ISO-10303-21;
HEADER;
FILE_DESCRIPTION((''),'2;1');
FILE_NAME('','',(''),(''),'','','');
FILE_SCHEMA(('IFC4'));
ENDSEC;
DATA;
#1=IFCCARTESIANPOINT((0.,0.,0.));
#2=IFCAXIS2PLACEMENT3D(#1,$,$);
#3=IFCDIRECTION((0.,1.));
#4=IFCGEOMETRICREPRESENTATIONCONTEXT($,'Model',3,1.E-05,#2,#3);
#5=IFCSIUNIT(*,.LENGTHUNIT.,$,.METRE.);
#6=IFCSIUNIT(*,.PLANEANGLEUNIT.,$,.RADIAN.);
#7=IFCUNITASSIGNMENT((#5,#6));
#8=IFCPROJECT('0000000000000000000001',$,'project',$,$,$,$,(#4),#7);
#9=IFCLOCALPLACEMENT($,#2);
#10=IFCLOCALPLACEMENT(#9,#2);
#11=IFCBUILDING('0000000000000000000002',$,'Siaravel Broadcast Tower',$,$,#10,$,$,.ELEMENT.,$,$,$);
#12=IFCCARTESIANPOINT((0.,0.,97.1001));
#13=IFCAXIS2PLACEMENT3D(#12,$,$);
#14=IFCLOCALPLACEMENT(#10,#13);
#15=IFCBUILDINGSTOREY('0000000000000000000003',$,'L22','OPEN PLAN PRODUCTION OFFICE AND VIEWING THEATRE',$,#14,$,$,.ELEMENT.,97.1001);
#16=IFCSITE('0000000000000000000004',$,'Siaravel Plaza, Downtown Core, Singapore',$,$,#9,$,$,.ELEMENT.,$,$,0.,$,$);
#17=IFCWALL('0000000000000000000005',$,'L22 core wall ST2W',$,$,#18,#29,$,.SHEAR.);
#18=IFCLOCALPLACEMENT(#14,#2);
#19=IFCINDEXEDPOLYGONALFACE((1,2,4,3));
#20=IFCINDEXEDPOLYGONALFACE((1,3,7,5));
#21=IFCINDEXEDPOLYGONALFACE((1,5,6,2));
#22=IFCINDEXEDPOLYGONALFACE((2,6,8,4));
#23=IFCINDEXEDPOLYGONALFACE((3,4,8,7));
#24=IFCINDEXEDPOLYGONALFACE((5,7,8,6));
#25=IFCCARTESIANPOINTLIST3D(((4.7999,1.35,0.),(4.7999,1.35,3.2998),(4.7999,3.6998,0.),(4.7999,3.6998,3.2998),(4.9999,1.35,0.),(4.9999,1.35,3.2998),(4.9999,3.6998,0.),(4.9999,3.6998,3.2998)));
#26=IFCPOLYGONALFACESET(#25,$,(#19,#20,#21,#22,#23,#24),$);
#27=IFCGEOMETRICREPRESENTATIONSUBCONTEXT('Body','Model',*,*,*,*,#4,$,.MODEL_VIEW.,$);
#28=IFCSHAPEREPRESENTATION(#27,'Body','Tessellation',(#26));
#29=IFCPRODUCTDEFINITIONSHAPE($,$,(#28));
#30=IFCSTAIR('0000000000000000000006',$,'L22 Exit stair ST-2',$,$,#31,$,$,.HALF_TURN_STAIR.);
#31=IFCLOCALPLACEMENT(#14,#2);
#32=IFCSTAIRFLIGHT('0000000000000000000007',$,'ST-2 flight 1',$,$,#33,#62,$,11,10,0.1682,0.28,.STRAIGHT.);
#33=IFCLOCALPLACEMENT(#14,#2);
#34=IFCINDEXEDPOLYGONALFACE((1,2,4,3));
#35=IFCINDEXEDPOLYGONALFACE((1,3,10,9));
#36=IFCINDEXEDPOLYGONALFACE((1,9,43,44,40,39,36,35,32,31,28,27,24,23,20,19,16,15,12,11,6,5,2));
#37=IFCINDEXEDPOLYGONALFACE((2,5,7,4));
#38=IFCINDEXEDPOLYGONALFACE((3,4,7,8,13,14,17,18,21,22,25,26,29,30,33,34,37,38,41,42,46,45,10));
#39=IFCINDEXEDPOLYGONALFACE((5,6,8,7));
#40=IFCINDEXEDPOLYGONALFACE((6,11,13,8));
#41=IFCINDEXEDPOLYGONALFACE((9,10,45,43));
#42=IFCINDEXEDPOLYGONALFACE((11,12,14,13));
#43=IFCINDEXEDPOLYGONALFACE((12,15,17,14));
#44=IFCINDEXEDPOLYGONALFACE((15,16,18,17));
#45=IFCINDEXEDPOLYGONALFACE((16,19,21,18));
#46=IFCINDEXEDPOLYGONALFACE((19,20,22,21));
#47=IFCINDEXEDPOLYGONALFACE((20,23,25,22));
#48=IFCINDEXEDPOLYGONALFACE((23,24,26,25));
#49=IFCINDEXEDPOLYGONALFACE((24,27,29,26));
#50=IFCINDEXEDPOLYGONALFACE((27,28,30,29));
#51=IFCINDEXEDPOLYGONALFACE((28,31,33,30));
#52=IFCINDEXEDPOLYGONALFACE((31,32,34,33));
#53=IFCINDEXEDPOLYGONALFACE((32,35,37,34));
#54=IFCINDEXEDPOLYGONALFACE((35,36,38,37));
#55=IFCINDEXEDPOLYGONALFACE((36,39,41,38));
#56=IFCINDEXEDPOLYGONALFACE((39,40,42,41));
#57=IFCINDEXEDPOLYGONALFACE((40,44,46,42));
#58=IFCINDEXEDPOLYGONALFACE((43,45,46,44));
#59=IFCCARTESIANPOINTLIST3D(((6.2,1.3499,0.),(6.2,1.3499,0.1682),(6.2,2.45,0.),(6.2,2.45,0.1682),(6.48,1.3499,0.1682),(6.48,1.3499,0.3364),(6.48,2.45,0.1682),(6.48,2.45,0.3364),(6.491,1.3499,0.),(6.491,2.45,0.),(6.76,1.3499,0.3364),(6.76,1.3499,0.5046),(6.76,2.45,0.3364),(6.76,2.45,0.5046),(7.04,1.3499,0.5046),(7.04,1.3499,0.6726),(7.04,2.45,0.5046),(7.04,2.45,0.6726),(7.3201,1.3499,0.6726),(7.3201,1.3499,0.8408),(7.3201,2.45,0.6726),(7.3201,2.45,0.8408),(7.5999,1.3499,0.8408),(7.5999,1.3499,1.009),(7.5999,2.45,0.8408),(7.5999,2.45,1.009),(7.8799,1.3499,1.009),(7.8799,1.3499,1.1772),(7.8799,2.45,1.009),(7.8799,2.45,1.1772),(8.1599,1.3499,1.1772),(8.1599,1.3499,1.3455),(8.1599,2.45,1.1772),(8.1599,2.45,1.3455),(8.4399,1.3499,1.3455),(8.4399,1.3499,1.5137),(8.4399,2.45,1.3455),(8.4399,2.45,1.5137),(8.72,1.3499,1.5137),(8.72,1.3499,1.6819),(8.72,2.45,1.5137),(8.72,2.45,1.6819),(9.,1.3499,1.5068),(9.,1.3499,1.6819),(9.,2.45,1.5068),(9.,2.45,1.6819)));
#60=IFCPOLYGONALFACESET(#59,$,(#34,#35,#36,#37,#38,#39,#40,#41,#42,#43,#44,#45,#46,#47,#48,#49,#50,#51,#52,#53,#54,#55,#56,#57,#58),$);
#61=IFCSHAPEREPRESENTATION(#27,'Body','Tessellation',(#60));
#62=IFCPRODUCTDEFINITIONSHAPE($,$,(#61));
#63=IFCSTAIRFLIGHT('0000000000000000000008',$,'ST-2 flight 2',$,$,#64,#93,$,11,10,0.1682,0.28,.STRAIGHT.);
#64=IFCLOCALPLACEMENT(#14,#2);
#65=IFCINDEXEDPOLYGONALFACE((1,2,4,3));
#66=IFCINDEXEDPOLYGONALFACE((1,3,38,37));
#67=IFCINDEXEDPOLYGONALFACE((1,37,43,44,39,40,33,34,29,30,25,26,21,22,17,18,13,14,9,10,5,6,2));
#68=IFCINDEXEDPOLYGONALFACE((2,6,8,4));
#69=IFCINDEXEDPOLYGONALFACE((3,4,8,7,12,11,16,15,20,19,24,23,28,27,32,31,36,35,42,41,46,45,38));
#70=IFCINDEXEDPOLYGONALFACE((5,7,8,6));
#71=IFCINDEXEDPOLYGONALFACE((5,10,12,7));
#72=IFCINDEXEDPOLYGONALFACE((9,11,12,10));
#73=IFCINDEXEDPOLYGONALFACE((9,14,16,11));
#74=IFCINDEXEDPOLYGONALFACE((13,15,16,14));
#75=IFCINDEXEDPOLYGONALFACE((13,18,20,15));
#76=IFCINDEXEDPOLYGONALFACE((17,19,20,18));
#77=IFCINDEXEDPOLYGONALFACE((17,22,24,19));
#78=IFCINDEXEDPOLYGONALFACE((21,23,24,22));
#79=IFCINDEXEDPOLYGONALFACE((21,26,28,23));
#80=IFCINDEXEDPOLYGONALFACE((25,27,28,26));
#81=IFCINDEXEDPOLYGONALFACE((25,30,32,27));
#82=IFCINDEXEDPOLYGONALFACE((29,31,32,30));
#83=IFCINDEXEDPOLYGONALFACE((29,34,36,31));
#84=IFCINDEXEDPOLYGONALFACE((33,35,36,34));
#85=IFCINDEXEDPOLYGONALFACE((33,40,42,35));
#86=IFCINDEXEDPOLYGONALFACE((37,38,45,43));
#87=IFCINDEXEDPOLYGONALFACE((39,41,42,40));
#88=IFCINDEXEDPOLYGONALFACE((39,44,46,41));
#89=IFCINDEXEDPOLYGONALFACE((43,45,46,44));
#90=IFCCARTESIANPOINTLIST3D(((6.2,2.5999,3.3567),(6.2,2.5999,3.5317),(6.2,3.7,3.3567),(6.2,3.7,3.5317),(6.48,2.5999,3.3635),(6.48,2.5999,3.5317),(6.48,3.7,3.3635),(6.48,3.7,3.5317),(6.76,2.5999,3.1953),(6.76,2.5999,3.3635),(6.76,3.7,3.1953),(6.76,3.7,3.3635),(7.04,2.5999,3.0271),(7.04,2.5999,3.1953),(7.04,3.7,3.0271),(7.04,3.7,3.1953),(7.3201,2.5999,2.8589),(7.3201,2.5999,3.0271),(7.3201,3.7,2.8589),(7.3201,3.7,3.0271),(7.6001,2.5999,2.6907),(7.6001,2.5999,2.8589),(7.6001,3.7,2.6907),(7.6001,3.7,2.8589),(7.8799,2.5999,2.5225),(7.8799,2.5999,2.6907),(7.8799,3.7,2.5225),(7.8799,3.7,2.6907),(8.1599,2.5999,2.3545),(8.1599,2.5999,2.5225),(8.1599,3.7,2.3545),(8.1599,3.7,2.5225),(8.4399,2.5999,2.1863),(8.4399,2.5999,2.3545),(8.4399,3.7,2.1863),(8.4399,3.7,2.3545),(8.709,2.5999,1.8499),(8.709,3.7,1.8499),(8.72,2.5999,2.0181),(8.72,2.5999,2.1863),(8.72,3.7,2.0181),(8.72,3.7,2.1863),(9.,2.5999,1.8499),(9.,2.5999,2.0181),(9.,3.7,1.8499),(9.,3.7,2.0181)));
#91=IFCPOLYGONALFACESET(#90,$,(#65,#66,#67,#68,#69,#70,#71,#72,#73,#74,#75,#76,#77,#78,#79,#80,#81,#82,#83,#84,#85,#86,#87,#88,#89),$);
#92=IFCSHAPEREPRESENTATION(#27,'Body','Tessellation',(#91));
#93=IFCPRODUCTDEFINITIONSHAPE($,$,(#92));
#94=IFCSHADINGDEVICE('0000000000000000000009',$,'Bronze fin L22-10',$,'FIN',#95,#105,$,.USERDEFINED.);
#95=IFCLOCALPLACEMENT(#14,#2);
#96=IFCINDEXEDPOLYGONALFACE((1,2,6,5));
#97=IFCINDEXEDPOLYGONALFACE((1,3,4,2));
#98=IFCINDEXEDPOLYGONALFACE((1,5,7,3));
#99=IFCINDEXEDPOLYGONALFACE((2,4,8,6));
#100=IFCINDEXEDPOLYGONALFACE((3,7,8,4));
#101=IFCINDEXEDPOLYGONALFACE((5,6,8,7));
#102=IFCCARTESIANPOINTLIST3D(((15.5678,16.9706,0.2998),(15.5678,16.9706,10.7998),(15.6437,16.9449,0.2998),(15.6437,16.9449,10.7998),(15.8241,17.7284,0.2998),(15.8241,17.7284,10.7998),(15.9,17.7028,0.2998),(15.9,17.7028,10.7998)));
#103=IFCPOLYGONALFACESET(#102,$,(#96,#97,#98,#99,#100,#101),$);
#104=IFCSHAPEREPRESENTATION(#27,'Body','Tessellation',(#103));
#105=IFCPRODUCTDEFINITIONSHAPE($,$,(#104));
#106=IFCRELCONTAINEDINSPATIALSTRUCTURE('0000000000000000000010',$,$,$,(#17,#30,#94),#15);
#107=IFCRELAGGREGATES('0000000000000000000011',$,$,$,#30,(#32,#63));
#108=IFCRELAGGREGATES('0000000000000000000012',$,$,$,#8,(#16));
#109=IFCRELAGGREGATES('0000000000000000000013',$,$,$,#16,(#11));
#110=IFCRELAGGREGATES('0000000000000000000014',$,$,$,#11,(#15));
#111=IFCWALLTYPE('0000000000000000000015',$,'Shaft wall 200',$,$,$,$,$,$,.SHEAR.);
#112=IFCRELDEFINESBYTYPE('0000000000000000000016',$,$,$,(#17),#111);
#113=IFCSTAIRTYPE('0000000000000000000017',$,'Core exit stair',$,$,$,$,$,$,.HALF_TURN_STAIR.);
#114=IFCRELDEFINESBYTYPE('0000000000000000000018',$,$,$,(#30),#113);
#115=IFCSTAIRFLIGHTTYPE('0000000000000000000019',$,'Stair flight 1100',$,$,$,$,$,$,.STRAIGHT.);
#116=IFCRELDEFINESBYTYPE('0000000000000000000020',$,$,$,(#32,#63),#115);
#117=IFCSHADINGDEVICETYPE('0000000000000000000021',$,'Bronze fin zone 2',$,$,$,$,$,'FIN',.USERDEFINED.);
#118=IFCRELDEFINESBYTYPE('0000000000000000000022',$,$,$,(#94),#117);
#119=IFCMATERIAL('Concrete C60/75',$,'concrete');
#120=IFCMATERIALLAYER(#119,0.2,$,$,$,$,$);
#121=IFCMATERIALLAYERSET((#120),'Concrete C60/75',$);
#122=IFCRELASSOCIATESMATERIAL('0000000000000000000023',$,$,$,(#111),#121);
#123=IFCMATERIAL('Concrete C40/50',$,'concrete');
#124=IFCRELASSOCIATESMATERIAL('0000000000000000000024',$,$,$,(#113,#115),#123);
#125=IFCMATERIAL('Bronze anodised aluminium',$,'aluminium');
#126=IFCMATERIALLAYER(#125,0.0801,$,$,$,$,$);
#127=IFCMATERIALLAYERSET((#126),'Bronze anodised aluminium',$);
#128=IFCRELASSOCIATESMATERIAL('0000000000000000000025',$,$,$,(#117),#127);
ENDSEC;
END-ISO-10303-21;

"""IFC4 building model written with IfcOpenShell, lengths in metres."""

from ifc_helpers import new_model, si_unit, direction, frame, frame_2d, origin, origin_2d, place, context, subcontext, project, spatial, polyline, rectangle, outline, extrude, material, layer, layer_set, type_object, element, aggregate, save


model = new_model("IFC4")

# Units and contexts
model_context = context("Model", 3, precision=1e-05, world=origin(), true_north=direction((0.0, 1.0)))
body_context = subcontext(model_context, "Body", "Model", "MODEL_VIEW")
ifc_project = project(units=[si_unit("LENGTHUNIT", "METRE"), si_unit("PLANEANGLEUNIT", "RADIAN")], contexts=[model_context])

# Site, building, storey
site_placement = place(None, origin())
site = spatial("IfcSite", under=ifc_project, at=site_placement, Name="Siaravel Plaza, Downtown Core, Singapore", CompositionType="ELEMENT", RefElevation=0.0)
building_placement = place(site_placement, origin())
building = spatial("IfcBuilding", under=site, at=building_placement, Name="Siaravel Broadcast Tower", CompositionType="ELEMENT")
storey_placement = place(building_placement, frame((0.0, 0.0, 97.1001)))
storey = spatial("IfcBuildingStorey", under=building, at=storey_placement, Name="L22", Description="OPEN PLAN PRODUCTION OFFICE AND VIEWING THEATRE", CompositionType="ELEMENT", Elevation=97.1001)

# Shared definitions
ifc_material_1 = material(Name="Concrete C60/75", Category="concrete")

# Wall
ifc_layer_1 = layer(ifc_material_1, 0.2)
ifc_layer_set_1 = layer_set([ifc_layer_1], Name="Concrete C60/75")
wall_type_1 = type_object("IfcWallType", Name="Shaft wall 200", PredefinedType="SHEAR", material=ifc_layer_set_1)
wall_1_placement = place(storey_placement, frame((4.8999, 1.3501, 0.0), z_axis=(0.0, 0.0, 1.0), x_axis=(0.0, 1.0, 0.0)))
element("IfcWall", 1, at=wall_1_placement, inside=storey, type_object=wall_type_1, Name="L22 core wall ST2W", PredefinedType="SHEAR", context=body_context, shape_type="SweptSolid", body=[
    extrude(rectangle(XDim=2.3499, YDim=0.2, at=frame_2d((1.1748, 0.0))), origin(), (0.0, 0.0, 1.0), 3.2998),
])

# Stair, stair flights
ifc_material_2 = material(Name="Concrete C40/50", Category="concrete")
stair_type = type_object("IfcStairType", Name="Core exit stair", PredefinedType="HALF_TURN_STAIR", material=ifc_material_2)
stair_placement = place(storey_placement, origin())
stair = element("IfcStair", 2, at=stair_placement, inside=storey, type_object=stair_type, Name="L22 Exit stair ST-2", PredefinedType="HALF_TURN_STAIR")
stair_flight_type = type_object("IfcStairFlightType", Name="Stair flight 1100", PredefinedType="STRAIGHT", material=ifc_material_2)
stair_flight_1_placement = place(storey_placement, frame((6.2, 1.8999, 0.0), z_axis=(0.0, 0.0, 1.0), x_axis=(1.0, 0.0, 0.0)))
stair_flight_1 = element("IfcStairFlight", 3, at=stair_flight_1_placement, type_object=stair_flight_type, Name="ST-2 flight 1", NumberOfRisers=11, NumberOfTreads=10, PredefinedType="STRAIGHT", RiserHeight=0.1682, TreadLength=0.28, context=body_context, shape_type="SweptSolid", body=[
    extrude(outline(polyline([(0.0, 0.0), (0.0, 0.1682), (0.28, 0.1682), (0.28, 0.3364), (0.5601, 0.3364), (0.5601, 0.5046), (0.8401, 0.5046), (0.8401, 0.6726), (1.1201, 0.6726), (1.1201, 0.8408), (1.3999, 0.8408), (1.3999, 1.009), (1.6799, 1.009), (1.6799, 1.1772), (1.96, 1.1772), (1.96, 1.3455), (2.24, 1.3455), (2.24, 1.5137), (2.52, 1.5137), (2.52, 1.6819), (2.8, 1.6819), (2.8, 1.8501), (2.8, 1.5068), (0.291, 0.0), (0.0, 0.0)])), frame((0.0, 0.55, 0.0), z_axis=(0.0, -1.0, 0.0), x_axis=(1.0, 0.0, 0.0)), (0.0, 0.0, 1.0), 1.1001),
])
stair_flight_2_placement = place(storey_placement, frame((9.0, 3.1499, 1.8499), z_axis=(0.0, 0.0, 1.0), x_axis=(-1.0, 0.0, 0.0)))
stair_flight_2 = element("IfcStairFlight", 4, at=stair_flight_2_placement, type_object=stair_flight_type, Name="ST-2 flight 2", NumberOfRisers=11, NumberOfTreads=10, PredefinedType="STRAIGHT", RiserHeight=0.1682, TreadLength=0.28, context=body_context, shape_type="SweptSolid", body=[
    extrude(outline(polyline([(0.0, 0.0), (0.0, 0.1682), (0.28, 0.1682), (0.28, 0.3364), (0.5601, 0.3364), (0.5601, 0.5046), (0.8401, 0.5046), (0.8401, 0.6726), (1.1201, 0.6726), (1.1201, 0.8408), (1.3999, 0.8408), (1.3999, 1.009), (1.6799, 1.009), (1.6799, 1.1772), (1.96, 1.1772), (1.96, 1.3455), (2.24, 1.3455), (2.24, 1.5137), (2.52, 1.5137), (2.52, 1.6819), (2.8, 1.6819), (2.8, 1.8501), (2.8, 1.5068), (0.291, 0.0), (0.0, 0.0)])), frame((0.0, 0.55, 0.0), z_axis=(0.0, -1.0, 0.0), x_axis=(1.0, 0.0, 0.0)), (0.0, 0.0, 1.0), 1.1001),
])
aggregate(stair, [stair_flight_1, stair_flight_2])

# Shading device
ifc_material_3 = material(Name="Bronze anodised aluminium", Category="aluminium")
ifc_layer_2 = layer(ifc_material_3, 0.0801)
ifc_layer_set_2 = layer_set([ifc_layer_2], Name="Bronze anodised aluminium")
shading_device_type = type_object("IfcShadingDeviceType", Name="Bronze fin zone 2", ElementType="FIN", PredefinedType="USERDEFINED", material=ifc_layer_set_2)
shading_device_placement = place(storey_placement, frame((15.7339, 17.3367, 0.2998), z_axis=(0.0, 0.0, 1.0), x_axis=(0.320393, 0.947285, 0.0)))
element("IfcShadingDevice", 5, at=shading_device_placement, inside=storey, type_object=shading_device_type, Name="Bronze fin L22-10", ObjectType="FIN", PredefinedType="USERDEFINED", context=body_context, shape_type="SweptSolid", body=[
    extrude(rectangle(XDim=0.8, YDim=0.0801, at=origin_2d()), origin(), (0.0, 0.0, 1.0), 10.5),
])

save(model, "model.ifc")
